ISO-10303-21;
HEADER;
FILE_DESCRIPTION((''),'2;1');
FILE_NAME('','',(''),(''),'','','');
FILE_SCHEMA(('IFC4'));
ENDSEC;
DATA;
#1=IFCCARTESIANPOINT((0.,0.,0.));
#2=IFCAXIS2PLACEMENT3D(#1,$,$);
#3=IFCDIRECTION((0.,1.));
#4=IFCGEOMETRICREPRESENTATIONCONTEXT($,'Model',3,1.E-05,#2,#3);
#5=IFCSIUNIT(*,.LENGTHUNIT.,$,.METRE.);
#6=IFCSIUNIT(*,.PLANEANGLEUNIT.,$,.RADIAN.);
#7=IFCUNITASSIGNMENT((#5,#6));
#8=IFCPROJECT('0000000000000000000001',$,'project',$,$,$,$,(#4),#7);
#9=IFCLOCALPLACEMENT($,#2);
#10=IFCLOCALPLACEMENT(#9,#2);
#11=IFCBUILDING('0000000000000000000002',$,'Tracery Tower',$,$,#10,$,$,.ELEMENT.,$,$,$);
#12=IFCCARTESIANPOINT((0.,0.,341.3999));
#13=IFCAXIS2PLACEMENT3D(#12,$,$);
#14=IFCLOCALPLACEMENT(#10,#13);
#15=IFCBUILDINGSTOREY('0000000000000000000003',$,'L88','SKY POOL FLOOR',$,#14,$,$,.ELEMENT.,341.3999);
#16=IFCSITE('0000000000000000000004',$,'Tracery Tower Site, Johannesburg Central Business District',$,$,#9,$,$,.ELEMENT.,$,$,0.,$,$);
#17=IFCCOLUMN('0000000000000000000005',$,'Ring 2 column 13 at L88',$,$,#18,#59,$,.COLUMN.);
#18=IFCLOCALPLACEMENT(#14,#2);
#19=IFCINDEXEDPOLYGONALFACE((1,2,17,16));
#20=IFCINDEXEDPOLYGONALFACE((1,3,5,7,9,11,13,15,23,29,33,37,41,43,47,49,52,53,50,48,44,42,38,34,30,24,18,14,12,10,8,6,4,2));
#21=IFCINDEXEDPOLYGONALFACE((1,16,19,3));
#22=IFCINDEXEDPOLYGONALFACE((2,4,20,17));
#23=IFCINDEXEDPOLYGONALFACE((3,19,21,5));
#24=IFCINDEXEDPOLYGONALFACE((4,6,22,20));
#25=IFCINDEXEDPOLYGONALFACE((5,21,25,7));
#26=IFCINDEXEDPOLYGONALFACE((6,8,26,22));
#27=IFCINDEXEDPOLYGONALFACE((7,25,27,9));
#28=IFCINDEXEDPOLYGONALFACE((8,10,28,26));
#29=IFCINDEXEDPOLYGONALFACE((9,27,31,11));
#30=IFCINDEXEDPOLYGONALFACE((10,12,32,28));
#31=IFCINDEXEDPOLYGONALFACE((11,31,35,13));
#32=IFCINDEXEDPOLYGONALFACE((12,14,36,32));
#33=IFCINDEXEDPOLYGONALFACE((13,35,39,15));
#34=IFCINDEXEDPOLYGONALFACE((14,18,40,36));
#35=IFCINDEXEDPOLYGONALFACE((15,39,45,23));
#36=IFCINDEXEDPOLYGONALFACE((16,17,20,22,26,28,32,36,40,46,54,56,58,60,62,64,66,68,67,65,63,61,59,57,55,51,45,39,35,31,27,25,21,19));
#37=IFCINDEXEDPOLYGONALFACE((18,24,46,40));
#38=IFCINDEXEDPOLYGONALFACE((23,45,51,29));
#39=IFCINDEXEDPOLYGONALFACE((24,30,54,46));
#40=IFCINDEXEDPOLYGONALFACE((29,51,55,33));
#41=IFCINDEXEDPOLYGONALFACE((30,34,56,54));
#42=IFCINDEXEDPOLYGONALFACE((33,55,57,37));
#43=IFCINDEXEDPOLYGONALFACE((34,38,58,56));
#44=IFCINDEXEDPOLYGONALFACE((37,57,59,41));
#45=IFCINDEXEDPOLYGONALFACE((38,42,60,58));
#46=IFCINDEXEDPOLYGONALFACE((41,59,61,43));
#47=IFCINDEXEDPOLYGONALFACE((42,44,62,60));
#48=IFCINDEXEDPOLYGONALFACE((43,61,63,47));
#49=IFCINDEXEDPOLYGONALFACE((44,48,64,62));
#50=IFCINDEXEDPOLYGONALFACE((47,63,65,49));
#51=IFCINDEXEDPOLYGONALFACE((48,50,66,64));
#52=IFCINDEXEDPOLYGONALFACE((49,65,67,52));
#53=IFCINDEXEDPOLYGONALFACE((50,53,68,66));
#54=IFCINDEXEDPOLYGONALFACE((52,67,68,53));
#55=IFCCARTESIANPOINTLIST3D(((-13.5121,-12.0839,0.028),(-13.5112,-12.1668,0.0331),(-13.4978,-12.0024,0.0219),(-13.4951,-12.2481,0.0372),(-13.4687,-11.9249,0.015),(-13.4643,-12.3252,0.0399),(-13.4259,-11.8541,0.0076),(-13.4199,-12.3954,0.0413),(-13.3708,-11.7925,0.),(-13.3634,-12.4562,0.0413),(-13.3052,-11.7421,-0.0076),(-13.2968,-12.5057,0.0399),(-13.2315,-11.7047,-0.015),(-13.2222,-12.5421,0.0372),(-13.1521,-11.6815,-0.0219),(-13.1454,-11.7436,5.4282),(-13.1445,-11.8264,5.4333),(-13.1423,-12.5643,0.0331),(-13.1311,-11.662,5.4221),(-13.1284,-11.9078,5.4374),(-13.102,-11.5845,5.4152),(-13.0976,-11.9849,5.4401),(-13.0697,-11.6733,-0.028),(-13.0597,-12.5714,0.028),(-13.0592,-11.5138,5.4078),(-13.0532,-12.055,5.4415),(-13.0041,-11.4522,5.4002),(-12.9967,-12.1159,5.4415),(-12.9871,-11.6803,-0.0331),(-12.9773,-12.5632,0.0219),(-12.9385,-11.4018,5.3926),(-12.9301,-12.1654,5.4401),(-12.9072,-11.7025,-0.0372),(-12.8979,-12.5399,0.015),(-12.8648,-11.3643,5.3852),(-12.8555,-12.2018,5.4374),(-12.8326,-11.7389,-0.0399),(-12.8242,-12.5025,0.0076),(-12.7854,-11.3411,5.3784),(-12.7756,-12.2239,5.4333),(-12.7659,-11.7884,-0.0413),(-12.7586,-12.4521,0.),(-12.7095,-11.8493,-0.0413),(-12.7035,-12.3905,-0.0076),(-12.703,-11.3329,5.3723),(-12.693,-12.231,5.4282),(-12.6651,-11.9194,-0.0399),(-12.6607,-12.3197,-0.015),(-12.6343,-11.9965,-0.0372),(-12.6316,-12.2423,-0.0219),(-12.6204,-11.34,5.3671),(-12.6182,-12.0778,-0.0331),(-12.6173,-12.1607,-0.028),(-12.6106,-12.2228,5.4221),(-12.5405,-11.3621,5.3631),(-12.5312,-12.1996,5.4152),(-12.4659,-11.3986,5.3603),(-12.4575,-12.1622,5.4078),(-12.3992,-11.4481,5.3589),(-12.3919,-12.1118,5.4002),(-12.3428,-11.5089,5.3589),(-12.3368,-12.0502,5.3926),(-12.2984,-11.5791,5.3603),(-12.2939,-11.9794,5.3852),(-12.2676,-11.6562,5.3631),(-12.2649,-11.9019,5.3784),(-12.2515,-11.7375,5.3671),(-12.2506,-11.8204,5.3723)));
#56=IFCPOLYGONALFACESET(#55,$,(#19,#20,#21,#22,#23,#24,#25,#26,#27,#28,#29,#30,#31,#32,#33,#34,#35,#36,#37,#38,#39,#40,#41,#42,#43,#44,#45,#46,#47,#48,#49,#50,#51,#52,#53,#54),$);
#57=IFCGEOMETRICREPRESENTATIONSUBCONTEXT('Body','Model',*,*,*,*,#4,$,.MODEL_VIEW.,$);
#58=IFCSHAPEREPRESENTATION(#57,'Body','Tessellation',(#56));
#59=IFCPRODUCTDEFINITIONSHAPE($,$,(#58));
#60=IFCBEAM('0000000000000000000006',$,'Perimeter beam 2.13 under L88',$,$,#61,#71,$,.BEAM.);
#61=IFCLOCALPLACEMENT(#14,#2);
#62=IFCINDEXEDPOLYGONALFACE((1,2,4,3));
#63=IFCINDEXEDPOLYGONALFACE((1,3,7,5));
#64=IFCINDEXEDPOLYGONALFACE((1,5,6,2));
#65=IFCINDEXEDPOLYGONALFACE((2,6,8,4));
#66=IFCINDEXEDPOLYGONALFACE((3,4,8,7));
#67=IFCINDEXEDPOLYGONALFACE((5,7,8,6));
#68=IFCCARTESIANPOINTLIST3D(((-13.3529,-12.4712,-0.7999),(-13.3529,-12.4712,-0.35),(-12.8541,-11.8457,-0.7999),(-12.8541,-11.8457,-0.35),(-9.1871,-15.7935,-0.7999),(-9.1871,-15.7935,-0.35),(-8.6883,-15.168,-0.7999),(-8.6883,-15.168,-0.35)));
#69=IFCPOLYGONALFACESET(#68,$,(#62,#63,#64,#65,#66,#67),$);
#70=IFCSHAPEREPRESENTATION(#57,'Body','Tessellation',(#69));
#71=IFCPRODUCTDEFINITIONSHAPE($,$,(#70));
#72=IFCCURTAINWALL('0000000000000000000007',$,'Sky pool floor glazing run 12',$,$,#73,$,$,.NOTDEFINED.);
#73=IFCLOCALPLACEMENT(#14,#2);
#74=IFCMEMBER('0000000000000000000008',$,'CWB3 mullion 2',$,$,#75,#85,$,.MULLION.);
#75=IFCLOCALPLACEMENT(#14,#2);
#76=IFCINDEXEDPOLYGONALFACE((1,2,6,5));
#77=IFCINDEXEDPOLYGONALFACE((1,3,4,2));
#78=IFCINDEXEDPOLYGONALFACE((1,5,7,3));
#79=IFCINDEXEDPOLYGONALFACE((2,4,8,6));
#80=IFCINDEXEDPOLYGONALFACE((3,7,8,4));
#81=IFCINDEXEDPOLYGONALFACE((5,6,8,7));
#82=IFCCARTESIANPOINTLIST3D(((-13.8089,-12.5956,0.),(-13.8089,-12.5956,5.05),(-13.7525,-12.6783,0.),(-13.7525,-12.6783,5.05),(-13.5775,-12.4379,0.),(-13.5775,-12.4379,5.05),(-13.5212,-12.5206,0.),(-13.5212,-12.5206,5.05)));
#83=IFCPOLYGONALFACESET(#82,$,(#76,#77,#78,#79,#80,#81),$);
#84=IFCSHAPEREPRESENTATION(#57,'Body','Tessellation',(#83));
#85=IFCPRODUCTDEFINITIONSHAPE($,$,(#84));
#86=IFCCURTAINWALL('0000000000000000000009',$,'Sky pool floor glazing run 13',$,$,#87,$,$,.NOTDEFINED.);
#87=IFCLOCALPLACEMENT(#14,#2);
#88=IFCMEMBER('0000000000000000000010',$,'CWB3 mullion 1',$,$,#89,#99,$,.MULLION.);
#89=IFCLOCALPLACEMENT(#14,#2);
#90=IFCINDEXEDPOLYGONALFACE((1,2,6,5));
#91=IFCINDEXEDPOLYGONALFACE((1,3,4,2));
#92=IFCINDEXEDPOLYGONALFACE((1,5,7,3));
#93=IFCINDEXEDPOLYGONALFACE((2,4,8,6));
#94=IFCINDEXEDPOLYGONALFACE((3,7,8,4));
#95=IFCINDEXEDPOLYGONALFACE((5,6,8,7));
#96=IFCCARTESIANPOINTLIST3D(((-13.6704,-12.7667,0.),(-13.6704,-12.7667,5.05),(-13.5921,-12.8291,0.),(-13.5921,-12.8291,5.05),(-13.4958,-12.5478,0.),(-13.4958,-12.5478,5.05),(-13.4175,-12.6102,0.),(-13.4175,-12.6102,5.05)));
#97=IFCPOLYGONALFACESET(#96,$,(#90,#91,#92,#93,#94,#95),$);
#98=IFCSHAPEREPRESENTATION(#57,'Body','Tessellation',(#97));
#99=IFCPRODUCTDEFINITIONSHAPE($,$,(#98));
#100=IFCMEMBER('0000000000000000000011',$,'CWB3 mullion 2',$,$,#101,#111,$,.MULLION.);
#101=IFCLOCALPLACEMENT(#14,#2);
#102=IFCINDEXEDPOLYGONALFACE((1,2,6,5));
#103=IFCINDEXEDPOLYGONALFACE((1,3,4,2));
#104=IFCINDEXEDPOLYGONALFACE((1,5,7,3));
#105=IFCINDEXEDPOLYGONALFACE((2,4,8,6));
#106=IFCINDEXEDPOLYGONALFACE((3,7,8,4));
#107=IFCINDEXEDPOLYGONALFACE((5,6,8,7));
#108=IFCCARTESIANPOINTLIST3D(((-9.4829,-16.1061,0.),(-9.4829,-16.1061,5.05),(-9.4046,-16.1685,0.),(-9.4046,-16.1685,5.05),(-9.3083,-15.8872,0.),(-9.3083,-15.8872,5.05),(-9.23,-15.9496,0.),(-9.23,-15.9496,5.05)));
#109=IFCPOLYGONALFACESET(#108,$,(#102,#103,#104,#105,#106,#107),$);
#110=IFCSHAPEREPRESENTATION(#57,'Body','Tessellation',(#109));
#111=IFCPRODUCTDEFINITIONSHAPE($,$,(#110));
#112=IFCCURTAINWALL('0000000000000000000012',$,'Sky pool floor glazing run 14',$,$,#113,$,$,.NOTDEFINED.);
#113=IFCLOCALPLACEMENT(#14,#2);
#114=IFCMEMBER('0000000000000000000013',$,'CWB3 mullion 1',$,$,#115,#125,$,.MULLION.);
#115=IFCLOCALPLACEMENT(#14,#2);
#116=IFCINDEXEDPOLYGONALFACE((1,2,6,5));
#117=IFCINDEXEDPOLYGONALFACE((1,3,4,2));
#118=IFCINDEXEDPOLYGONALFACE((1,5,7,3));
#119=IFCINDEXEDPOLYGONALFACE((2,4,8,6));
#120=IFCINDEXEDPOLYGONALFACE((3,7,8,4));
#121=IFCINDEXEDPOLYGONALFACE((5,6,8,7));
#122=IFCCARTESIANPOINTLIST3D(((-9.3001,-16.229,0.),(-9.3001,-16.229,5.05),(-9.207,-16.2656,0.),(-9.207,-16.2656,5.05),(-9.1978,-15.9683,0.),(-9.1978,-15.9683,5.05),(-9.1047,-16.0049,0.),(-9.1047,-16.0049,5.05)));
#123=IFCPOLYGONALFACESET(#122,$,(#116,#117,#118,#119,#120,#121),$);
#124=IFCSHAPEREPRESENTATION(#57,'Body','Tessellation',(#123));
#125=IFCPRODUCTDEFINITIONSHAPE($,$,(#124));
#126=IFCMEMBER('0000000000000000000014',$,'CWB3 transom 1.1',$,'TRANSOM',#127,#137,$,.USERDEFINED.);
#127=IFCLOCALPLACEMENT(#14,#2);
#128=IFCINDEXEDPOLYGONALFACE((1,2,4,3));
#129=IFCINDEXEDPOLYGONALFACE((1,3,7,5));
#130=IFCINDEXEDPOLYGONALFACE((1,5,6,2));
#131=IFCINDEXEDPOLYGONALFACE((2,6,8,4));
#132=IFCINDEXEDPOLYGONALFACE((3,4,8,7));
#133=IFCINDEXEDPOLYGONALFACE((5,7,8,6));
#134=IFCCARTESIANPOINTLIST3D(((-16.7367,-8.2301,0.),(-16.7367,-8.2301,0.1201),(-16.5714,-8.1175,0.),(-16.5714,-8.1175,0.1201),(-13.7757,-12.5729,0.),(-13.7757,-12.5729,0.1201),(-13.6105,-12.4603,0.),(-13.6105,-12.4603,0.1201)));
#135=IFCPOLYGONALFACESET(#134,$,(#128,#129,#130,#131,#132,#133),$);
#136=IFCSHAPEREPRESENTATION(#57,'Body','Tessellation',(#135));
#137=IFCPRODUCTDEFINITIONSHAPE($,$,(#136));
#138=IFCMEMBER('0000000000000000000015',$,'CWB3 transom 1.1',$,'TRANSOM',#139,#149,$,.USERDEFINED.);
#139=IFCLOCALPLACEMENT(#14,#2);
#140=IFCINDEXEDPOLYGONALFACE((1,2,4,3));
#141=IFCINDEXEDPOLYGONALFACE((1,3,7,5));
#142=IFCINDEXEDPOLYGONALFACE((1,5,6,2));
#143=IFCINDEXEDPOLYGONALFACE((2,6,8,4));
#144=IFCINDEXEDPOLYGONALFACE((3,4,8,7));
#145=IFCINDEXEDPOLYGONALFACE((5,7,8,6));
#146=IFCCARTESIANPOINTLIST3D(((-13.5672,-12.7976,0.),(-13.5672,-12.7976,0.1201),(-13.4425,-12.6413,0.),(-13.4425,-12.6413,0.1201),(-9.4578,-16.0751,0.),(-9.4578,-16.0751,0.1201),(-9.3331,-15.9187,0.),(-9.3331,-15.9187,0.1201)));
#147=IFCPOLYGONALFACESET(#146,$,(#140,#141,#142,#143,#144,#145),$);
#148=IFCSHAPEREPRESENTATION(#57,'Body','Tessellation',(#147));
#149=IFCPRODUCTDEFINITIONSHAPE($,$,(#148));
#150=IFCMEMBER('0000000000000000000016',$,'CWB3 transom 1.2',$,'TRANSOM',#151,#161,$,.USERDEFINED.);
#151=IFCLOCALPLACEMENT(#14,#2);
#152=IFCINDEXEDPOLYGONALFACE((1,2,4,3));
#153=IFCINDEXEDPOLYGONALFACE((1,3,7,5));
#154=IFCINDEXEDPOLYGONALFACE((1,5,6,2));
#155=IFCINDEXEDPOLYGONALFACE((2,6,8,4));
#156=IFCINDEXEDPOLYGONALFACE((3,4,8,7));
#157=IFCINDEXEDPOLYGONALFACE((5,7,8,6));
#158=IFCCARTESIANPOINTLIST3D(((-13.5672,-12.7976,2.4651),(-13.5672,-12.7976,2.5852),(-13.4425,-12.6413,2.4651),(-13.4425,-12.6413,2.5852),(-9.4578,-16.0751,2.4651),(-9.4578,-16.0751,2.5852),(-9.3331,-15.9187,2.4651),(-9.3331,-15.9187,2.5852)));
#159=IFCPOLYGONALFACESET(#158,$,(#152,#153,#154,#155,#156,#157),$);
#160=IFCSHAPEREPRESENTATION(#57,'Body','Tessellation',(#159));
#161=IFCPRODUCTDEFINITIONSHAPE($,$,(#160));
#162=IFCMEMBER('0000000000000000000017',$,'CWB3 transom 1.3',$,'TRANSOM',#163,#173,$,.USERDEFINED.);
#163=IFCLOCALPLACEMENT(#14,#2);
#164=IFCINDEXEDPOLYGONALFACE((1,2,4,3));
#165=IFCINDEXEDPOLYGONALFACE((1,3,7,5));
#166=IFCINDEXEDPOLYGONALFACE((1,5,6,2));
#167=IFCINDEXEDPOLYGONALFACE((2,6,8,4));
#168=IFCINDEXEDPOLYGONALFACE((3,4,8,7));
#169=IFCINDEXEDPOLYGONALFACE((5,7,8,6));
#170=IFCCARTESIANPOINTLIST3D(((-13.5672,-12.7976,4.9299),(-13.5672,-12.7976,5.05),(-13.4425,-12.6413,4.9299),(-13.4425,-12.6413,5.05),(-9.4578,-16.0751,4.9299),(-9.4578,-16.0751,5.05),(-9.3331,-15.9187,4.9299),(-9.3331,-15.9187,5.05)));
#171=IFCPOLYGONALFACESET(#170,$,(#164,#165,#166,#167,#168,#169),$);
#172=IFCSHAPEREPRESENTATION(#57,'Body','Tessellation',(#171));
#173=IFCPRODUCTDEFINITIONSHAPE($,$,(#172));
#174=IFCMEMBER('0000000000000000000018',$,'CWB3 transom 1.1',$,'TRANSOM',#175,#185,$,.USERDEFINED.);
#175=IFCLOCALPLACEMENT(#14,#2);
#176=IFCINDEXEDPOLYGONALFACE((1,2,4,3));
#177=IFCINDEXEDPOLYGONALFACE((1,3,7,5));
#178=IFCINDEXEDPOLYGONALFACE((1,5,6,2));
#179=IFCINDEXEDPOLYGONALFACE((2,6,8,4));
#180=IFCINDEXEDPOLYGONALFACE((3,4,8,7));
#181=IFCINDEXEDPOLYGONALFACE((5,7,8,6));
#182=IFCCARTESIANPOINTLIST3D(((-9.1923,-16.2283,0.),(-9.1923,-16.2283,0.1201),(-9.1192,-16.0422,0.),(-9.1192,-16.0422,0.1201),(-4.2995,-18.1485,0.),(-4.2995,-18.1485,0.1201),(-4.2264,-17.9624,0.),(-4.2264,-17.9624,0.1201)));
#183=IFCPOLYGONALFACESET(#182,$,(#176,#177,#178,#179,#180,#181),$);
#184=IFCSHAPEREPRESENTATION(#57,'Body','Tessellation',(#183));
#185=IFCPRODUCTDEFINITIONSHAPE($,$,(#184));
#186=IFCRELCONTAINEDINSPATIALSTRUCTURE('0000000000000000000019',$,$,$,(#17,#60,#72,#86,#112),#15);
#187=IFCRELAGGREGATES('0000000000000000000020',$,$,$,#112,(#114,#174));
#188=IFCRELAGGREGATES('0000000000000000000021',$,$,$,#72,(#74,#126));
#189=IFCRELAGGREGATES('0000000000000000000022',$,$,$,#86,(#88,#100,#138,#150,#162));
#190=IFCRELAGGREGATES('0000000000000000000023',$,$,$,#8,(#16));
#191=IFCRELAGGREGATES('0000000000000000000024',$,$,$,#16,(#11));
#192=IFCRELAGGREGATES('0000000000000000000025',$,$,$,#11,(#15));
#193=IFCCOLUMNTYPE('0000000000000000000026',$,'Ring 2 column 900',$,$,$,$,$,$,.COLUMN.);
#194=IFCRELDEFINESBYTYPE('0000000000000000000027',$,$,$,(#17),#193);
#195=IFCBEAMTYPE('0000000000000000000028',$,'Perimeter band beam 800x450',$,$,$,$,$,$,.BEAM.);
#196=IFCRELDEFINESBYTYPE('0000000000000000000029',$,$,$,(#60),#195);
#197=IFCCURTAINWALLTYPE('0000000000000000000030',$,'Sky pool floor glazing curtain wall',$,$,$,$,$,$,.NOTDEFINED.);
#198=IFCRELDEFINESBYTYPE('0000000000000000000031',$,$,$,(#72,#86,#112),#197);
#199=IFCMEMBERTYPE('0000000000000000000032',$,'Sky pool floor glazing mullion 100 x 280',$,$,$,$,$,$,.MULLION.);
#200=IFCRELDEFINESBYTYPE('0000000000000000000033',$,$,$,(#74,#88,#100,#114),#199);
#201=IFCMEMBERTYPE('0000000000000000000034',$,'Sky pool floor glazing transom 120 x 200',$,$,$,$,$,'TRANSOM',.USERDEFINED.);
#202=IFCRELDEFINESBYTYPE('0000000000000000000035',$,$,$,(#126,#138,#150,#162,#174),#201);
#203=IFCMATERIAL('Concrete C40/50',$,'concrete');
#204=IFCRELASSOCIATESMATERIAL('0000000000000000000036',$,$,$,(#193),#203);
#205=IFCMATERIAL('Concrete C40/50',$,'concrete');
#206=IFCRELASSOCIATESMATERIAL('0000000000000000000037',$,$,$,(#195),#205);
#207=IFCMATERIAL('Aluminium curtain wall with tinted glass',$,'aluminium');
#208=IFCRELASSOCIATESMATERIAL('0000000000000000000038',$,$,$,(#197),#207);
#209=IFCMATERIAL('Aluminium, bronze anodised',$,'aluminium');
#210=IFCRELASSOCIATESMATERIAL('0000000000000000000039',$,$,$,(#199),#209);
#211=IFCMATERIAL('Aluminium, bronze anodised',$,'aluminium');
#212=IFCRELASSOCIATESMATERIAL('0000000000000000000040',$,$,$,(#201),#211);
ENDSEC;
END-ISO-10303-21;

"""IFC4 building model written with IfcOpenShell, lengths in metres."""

from ifc_helpers import new_model, si_unit, direction, frame, origin, origin_2d, place, context, subcontext, project, spatial, rectangle, circle, extrude, material, material_profile, profile_set, type_object, element, aggregate, save


model = new_model("IFC4")

# Units and contexts
model_context = context("Model", 3, precision=1e-05, world=origin(), true_north=direction((0.0, 1.0)))
body_context = subcontext(model_context, "Body", "Model", "MODEL_VIEW")
ifc_project = project(units=[si_unit("LENGTHUNIT", "METRE"), si_unit("PLANEANGLEUNIT", "RADIAN")], contexts=[model_context])

# Site, building, storey
site_placement = place(None, origin())
site = spatial("IfcSite", under=ifc_project, at=site_placement, Name="Tracery Tower Site, Johannesburg Central Business District", CompositionType="ELEMENT", RefElevation=0.0)
building_placement = place(site_placement, origin())
building = spatial("IfcBuilding", under=site, at=building_placement, Name="Tracery Tower", CompositionType="ELEMENT")
storey_placement = place(building_placement, frame((0.0, 0.0, 341.3999)))
storey = spatial("IfcBuildingStorey", under=building, at=storey_placement, Name="L88", Description="SKY POOL FLOOR", CompositionType="ELEMENT", Elevation=341.3999)

# Column
ifc_material_1 = material(Name="Concrete C40/50", Category="concrete")
ifc_material_profile_1 = material_profile(ifc_material_1, circle(Radius=0.45, at=origin_2d()), Name="RC D900")
ifc_profile_set_1 = profile_set([ifc_material_profile_1], Name="Concrete C40/50")
column_type = type_object("IfcColumnType", Name="Ring 2 column 900", PredefinedType="COLUMN", material=ifc_profile_set_1)
column_placement = place(storey_placement, frame((-13.0647, -12.1223, 0.0), z_axis=(0.067616, 0.062754, 0.995736), x_axis=(-0.680264, 0.732967, 0.0)))
element("IfcColumn", 1, at=column_placement, inside=storey, type_object=column_type, Name="Ring 2 column 13 at L88", PredefinedType="COLUMN", context=body_context, shape_type="SweptSolid", body=[
    extrude(circle(Radius=0.45, at=origin_2d()), origin(), (0.0, 0.0, 1.0), 5.4233),
])

# Beam
ifc_material_2 = material(Name="Concrete C40/50", Category="concrete")
ifc_material_profile_2 = material_profile(ifc_material_2, rectangle(XDim=0.8, YDim=0.45, at=origin_2d()), Name="RC 800x450")
ifc_profile_set_2 = profile_set([ifc_material_profile_2], Name="Concrete C40/50")
beam_type = type_object("IfcBeamType", Name="Perimeter band beam 800x450", PredefinedType="BEAM", material=ifc_profile_set_2)
beam_placement = place(storey_placement, frame((-13.1035, -12.1584, -0.575), z_axis=(0.781816, -0.62351, 0.0), x_axis=(0.62351, 0.781816, 0.0)))
element("IfcBeam", 2, at=beam_placement, inside=storey, type_object=beam_type, Name="Perimeter beam 2.13 under L88", PredefinedType="BEAM", context=body_context, shape_type="SweptSolid", body=[
    extrude(rectangle(XDim=0.8, YDim=0.45, at=origin_2d()), origin(), (0.0, 0.0, 1.0), 5.3284),
])

# Curtain wall, member
ifc_material_3 = material(Name="Aluminium curtain wall with tinted glass", Category="aluminium")
curtain_wall_type = type_object("IfcCurtainWallType", Name="Sky pool floor glazing curtain wall", PredefinedType="NOTDEFINED", material=ifc_material_3)
curtain_wall_1_placement = place(storey_placement, origin())
curtain_wall_1 = element("IfcCurtainWall", 3, at=curtain_wall_1_placement, inside=storey, type_object=curtain_wall_type, Name="Sky pool floor glazing run 12", PredefinedType="NOTDEFINED")
ifc_material_4 = material(Name="Aluminium, bronze anodised", Category="aluminium")
ifc_material_profile_3 = material_profile(ifc_material_4, rectangle(XDim=0.28, YDim=0.1001, at=origin_2d()), Name="Sky pool floor glazing mullion 100 x 280")
ifc_profile_set_3 = profile_set([ifc_material_profile_3], Name="Aluminium, bronze anodised")
member_type_1 = type_object("IfcMemberType", Name="Sky pool floor glazing mullion 100 x 280", PredefinedType="MULLION", material=ifc_profile_set_3)
member_1_placement = place(storey_placement, frame((-13.665, -12.5581, 0.0), z_axis=(0.0, 0.0, 1.0), x_axis=(0.826245, 0.563311, 0.0)))
member_1 = element("IfcMember", 4, at=member_1_placement, type_object=member_type_1, Name="CWB3 mullion 2", PredefinedType="MULLION", context=body_context, shape_type="SweptSolid", body=[
    extrude(rectangle(XDim=0.28, YDim=0.1001, at=origin_2d()), origin(), (0.0, 0.0, 1.0), 5.05),
])

# Curtain wall, members
curtain_wall_2_placement = place(storey_placement, origin())
curtain_wall_2 = element("IfcCurtainWall", 5, at=curtain_wall_2_placement, inside=storey, type_object=curtain_wall_type, Name="Sky pool floor glazing run 13", PredefinedType="NOTDEFINED")
member_2_placement = place(storey_placement, frame((-13.5439, -12.6885, 0.0), z_axis=(0.0, 0.0, 1.0), x_axis=(0.623503, 0.781821, 0.0)))
member_2 = element("IfcMember", 6, at=member_2_placement, type_object=member_type_1, Name="CWB3 mullion 1", PredefinedType="MULLION", context=body_context, shape_type="SweptSolid", body=[
    extrude(rectangle(XDim=0.28, YDim=0.1001, at=origin_2d()), origin(), (0.0, 0.0, 1.0), 5.05),
])
member_3_placement = place(storey_placement, frame((-9.3564, -16.0278, 0.0), z_axis=(0.0, 0.0, 1.0), x_axis=(0.623503, 0.781821, 0.0)))
member_3 = element("IfcMember", 7, at=member_3_placement, type_object=member_type_1, Name="CWB3 mullion 2", PredefinedType="MULLION", context=body_context, shape_type="SweptSolid", body=[
    extrude(rectangle(XDim=0.28, YDim=0.1001, at=origin_2d()), origin(), (0.0, 0.0, 1.0), 5.05),
])

# Curtain wall, member
curtain_wall_3_placement = place(storey_placement, origin())
curtain_wall_3 = element("IfcCurtainWall", 8, at=curtain_wall_3_placement, inside=storey, type_object=curtain_wall_type, Name="Sky pool floor glazing run 14", PredefinedType="NOTDEFINED")
member_4_placement = place(storey_placement, frame((-9.2024, -16.1169, 0.0), z_axis=(0.0, 0.0, 1.0), x_axis=(0.365331, 0.930878, 0.0)))
member_4 = element("IfcMember", 9, at=member_4_placement, type_object=member_type_1, Name="CWB3 mullion 1", PredefinedType="MULLION", context=body_context, shape_type="SweptSolid", body=[
    extrude(rectangle(XDim=0.28, YDim=0.1001, at=origin_2d()), origin(), (0.0, 0.0, 1.0), 5.05),
])

# Members
ifc_material_5 = material(Name="Aluminium, bronze anodised", Category="aluminium")
ifc_material_profile_4 = material_profile(ifc_material_5, rectangle(XDim=0.2, YDim=0.1201, at=origin_2d()), Name="Sky pool floor glazing transom 120 x 200")
ifc_profile_set_4 = profile_set([ifc_material_profile_4], Name="Aluminium, bronze anodised")
member_type_2 = type_object("IfcMemberType", Name="Sky pool floor glazing transom 120 x 200", ElementType="TRANSOM", PredefinedType="USERDEFINED", material=ifc_profile_set_4)
member_5_placement = place(storey_placement, frame((-16.6541, -8.1738, 0.0601), z_axis=(0.563331, -0.826231, 0.0), x_axis=(0.826231, 0.563331, 0.0)))
member_5 = element("IfcMember", 10, at=member_5_placement, type_object=member_type_2, Name="CWB3 transom 1.1", ObjectType="TRANSOM", PredefinedType="USERDEFINED", context=body_context, shape_type="SweptSolid", body=[
    extrude(rectangle(XDim=0.2, YDim=0.1201, at=origin_2d()), origin(), (0.0, 0.0, 1.0), 5.2561),
])
member_6_placement = place(storey_placement, frame((-13.5049, -12.7195, 0.0601), z_axis=(0.78181, -0.623516, 0.0), x_axis=(0.623516, 0.78181, 0.0)))
member_6 = element("IfcMember", 11, at=member_6_placement, type_object=member_type_2, Name="CWB3 transom 1.1", ObjectType="TRANSOM", PredefinedType="USERDEFINED", context=body_context, shape_type="SweptSolid", body=[
    extrude(rectangle(XDim=0.2, YDim=0.1201, at=origin_2d()), origin(), (0.0, 0.0, 1.0), 5.2563),
])
member_7_placement = place(storey_placement, frame((-13.5049, -12.7195, 2.5251), z_axis=(0.78181, -0.623516, 0.0), x_axis=(0.623516, 0.78181, 0.0)))
member_7 = element("IfcMember", 12, at=member_7_placement, type_object=member_type_2, Name="CWB3 transom 1.2", ObjectType="TRANSOM", PredefinedType="USERDEFINED", context=body_context, shape_type="SweptSolid", body=[
    extrude(rectangle(XDim=0.2, YDim=0.1201, at=origin_2d()), origin(), (0.0, 0.0, 1.0), 5.2563),
])
member_8_placement = place(storey_placement, frame((-13.5049, -12.7195, 4.99), z_axis=(0.78181, -0.623516, 0.0), x_axis=(0.623516, 0.78181, 0.0)))
member_8 = element("IfcMember", 13, at=member_8_placement, type_object=member_type_2, Name="CWB3 transom 1.3", ObjectType="TRANSOM", PredefinedType="USERDEFINED", context=body_context, shape_type="SweptSolid", body=[
    extrude(rectangle(XDim=0.2, YDim=0.1201, at=origin_2d()), origin(), (0.0, 0.0, 1.0), 5.2563),
])
member_9_placement = place(storey_placement, frame((-9.1558, -16.1353, 0.0601), z_axis=(0.930882, -0.36532, 0.0), x_axis=(0.36532, 0.930882, 0.0)))
member_9 = element("IfcMember", 14, at=member_9_placement, type_object=member_type_2, Name="CWB3 transom 1.1", ObjectType="TRANSOM", PredefinedType="USERDEFINED", context=body_context, shape_type="SweptSolid", body=[
    extrude(rectangle(XDim=0.2, YDim=0.1201, at=origin_2d()), origin(), (0.0, 0.0, 1.0), 5.2561),
])
aggregate(curtain_wall_3, [member_4, member_9])

aggregate(curtain_wall_1, [member_1, member_5])
aggregate(curtain_wall_2, [member_2, member_3, member_6, member_7, member_8])

save(model, "model.ifc")
